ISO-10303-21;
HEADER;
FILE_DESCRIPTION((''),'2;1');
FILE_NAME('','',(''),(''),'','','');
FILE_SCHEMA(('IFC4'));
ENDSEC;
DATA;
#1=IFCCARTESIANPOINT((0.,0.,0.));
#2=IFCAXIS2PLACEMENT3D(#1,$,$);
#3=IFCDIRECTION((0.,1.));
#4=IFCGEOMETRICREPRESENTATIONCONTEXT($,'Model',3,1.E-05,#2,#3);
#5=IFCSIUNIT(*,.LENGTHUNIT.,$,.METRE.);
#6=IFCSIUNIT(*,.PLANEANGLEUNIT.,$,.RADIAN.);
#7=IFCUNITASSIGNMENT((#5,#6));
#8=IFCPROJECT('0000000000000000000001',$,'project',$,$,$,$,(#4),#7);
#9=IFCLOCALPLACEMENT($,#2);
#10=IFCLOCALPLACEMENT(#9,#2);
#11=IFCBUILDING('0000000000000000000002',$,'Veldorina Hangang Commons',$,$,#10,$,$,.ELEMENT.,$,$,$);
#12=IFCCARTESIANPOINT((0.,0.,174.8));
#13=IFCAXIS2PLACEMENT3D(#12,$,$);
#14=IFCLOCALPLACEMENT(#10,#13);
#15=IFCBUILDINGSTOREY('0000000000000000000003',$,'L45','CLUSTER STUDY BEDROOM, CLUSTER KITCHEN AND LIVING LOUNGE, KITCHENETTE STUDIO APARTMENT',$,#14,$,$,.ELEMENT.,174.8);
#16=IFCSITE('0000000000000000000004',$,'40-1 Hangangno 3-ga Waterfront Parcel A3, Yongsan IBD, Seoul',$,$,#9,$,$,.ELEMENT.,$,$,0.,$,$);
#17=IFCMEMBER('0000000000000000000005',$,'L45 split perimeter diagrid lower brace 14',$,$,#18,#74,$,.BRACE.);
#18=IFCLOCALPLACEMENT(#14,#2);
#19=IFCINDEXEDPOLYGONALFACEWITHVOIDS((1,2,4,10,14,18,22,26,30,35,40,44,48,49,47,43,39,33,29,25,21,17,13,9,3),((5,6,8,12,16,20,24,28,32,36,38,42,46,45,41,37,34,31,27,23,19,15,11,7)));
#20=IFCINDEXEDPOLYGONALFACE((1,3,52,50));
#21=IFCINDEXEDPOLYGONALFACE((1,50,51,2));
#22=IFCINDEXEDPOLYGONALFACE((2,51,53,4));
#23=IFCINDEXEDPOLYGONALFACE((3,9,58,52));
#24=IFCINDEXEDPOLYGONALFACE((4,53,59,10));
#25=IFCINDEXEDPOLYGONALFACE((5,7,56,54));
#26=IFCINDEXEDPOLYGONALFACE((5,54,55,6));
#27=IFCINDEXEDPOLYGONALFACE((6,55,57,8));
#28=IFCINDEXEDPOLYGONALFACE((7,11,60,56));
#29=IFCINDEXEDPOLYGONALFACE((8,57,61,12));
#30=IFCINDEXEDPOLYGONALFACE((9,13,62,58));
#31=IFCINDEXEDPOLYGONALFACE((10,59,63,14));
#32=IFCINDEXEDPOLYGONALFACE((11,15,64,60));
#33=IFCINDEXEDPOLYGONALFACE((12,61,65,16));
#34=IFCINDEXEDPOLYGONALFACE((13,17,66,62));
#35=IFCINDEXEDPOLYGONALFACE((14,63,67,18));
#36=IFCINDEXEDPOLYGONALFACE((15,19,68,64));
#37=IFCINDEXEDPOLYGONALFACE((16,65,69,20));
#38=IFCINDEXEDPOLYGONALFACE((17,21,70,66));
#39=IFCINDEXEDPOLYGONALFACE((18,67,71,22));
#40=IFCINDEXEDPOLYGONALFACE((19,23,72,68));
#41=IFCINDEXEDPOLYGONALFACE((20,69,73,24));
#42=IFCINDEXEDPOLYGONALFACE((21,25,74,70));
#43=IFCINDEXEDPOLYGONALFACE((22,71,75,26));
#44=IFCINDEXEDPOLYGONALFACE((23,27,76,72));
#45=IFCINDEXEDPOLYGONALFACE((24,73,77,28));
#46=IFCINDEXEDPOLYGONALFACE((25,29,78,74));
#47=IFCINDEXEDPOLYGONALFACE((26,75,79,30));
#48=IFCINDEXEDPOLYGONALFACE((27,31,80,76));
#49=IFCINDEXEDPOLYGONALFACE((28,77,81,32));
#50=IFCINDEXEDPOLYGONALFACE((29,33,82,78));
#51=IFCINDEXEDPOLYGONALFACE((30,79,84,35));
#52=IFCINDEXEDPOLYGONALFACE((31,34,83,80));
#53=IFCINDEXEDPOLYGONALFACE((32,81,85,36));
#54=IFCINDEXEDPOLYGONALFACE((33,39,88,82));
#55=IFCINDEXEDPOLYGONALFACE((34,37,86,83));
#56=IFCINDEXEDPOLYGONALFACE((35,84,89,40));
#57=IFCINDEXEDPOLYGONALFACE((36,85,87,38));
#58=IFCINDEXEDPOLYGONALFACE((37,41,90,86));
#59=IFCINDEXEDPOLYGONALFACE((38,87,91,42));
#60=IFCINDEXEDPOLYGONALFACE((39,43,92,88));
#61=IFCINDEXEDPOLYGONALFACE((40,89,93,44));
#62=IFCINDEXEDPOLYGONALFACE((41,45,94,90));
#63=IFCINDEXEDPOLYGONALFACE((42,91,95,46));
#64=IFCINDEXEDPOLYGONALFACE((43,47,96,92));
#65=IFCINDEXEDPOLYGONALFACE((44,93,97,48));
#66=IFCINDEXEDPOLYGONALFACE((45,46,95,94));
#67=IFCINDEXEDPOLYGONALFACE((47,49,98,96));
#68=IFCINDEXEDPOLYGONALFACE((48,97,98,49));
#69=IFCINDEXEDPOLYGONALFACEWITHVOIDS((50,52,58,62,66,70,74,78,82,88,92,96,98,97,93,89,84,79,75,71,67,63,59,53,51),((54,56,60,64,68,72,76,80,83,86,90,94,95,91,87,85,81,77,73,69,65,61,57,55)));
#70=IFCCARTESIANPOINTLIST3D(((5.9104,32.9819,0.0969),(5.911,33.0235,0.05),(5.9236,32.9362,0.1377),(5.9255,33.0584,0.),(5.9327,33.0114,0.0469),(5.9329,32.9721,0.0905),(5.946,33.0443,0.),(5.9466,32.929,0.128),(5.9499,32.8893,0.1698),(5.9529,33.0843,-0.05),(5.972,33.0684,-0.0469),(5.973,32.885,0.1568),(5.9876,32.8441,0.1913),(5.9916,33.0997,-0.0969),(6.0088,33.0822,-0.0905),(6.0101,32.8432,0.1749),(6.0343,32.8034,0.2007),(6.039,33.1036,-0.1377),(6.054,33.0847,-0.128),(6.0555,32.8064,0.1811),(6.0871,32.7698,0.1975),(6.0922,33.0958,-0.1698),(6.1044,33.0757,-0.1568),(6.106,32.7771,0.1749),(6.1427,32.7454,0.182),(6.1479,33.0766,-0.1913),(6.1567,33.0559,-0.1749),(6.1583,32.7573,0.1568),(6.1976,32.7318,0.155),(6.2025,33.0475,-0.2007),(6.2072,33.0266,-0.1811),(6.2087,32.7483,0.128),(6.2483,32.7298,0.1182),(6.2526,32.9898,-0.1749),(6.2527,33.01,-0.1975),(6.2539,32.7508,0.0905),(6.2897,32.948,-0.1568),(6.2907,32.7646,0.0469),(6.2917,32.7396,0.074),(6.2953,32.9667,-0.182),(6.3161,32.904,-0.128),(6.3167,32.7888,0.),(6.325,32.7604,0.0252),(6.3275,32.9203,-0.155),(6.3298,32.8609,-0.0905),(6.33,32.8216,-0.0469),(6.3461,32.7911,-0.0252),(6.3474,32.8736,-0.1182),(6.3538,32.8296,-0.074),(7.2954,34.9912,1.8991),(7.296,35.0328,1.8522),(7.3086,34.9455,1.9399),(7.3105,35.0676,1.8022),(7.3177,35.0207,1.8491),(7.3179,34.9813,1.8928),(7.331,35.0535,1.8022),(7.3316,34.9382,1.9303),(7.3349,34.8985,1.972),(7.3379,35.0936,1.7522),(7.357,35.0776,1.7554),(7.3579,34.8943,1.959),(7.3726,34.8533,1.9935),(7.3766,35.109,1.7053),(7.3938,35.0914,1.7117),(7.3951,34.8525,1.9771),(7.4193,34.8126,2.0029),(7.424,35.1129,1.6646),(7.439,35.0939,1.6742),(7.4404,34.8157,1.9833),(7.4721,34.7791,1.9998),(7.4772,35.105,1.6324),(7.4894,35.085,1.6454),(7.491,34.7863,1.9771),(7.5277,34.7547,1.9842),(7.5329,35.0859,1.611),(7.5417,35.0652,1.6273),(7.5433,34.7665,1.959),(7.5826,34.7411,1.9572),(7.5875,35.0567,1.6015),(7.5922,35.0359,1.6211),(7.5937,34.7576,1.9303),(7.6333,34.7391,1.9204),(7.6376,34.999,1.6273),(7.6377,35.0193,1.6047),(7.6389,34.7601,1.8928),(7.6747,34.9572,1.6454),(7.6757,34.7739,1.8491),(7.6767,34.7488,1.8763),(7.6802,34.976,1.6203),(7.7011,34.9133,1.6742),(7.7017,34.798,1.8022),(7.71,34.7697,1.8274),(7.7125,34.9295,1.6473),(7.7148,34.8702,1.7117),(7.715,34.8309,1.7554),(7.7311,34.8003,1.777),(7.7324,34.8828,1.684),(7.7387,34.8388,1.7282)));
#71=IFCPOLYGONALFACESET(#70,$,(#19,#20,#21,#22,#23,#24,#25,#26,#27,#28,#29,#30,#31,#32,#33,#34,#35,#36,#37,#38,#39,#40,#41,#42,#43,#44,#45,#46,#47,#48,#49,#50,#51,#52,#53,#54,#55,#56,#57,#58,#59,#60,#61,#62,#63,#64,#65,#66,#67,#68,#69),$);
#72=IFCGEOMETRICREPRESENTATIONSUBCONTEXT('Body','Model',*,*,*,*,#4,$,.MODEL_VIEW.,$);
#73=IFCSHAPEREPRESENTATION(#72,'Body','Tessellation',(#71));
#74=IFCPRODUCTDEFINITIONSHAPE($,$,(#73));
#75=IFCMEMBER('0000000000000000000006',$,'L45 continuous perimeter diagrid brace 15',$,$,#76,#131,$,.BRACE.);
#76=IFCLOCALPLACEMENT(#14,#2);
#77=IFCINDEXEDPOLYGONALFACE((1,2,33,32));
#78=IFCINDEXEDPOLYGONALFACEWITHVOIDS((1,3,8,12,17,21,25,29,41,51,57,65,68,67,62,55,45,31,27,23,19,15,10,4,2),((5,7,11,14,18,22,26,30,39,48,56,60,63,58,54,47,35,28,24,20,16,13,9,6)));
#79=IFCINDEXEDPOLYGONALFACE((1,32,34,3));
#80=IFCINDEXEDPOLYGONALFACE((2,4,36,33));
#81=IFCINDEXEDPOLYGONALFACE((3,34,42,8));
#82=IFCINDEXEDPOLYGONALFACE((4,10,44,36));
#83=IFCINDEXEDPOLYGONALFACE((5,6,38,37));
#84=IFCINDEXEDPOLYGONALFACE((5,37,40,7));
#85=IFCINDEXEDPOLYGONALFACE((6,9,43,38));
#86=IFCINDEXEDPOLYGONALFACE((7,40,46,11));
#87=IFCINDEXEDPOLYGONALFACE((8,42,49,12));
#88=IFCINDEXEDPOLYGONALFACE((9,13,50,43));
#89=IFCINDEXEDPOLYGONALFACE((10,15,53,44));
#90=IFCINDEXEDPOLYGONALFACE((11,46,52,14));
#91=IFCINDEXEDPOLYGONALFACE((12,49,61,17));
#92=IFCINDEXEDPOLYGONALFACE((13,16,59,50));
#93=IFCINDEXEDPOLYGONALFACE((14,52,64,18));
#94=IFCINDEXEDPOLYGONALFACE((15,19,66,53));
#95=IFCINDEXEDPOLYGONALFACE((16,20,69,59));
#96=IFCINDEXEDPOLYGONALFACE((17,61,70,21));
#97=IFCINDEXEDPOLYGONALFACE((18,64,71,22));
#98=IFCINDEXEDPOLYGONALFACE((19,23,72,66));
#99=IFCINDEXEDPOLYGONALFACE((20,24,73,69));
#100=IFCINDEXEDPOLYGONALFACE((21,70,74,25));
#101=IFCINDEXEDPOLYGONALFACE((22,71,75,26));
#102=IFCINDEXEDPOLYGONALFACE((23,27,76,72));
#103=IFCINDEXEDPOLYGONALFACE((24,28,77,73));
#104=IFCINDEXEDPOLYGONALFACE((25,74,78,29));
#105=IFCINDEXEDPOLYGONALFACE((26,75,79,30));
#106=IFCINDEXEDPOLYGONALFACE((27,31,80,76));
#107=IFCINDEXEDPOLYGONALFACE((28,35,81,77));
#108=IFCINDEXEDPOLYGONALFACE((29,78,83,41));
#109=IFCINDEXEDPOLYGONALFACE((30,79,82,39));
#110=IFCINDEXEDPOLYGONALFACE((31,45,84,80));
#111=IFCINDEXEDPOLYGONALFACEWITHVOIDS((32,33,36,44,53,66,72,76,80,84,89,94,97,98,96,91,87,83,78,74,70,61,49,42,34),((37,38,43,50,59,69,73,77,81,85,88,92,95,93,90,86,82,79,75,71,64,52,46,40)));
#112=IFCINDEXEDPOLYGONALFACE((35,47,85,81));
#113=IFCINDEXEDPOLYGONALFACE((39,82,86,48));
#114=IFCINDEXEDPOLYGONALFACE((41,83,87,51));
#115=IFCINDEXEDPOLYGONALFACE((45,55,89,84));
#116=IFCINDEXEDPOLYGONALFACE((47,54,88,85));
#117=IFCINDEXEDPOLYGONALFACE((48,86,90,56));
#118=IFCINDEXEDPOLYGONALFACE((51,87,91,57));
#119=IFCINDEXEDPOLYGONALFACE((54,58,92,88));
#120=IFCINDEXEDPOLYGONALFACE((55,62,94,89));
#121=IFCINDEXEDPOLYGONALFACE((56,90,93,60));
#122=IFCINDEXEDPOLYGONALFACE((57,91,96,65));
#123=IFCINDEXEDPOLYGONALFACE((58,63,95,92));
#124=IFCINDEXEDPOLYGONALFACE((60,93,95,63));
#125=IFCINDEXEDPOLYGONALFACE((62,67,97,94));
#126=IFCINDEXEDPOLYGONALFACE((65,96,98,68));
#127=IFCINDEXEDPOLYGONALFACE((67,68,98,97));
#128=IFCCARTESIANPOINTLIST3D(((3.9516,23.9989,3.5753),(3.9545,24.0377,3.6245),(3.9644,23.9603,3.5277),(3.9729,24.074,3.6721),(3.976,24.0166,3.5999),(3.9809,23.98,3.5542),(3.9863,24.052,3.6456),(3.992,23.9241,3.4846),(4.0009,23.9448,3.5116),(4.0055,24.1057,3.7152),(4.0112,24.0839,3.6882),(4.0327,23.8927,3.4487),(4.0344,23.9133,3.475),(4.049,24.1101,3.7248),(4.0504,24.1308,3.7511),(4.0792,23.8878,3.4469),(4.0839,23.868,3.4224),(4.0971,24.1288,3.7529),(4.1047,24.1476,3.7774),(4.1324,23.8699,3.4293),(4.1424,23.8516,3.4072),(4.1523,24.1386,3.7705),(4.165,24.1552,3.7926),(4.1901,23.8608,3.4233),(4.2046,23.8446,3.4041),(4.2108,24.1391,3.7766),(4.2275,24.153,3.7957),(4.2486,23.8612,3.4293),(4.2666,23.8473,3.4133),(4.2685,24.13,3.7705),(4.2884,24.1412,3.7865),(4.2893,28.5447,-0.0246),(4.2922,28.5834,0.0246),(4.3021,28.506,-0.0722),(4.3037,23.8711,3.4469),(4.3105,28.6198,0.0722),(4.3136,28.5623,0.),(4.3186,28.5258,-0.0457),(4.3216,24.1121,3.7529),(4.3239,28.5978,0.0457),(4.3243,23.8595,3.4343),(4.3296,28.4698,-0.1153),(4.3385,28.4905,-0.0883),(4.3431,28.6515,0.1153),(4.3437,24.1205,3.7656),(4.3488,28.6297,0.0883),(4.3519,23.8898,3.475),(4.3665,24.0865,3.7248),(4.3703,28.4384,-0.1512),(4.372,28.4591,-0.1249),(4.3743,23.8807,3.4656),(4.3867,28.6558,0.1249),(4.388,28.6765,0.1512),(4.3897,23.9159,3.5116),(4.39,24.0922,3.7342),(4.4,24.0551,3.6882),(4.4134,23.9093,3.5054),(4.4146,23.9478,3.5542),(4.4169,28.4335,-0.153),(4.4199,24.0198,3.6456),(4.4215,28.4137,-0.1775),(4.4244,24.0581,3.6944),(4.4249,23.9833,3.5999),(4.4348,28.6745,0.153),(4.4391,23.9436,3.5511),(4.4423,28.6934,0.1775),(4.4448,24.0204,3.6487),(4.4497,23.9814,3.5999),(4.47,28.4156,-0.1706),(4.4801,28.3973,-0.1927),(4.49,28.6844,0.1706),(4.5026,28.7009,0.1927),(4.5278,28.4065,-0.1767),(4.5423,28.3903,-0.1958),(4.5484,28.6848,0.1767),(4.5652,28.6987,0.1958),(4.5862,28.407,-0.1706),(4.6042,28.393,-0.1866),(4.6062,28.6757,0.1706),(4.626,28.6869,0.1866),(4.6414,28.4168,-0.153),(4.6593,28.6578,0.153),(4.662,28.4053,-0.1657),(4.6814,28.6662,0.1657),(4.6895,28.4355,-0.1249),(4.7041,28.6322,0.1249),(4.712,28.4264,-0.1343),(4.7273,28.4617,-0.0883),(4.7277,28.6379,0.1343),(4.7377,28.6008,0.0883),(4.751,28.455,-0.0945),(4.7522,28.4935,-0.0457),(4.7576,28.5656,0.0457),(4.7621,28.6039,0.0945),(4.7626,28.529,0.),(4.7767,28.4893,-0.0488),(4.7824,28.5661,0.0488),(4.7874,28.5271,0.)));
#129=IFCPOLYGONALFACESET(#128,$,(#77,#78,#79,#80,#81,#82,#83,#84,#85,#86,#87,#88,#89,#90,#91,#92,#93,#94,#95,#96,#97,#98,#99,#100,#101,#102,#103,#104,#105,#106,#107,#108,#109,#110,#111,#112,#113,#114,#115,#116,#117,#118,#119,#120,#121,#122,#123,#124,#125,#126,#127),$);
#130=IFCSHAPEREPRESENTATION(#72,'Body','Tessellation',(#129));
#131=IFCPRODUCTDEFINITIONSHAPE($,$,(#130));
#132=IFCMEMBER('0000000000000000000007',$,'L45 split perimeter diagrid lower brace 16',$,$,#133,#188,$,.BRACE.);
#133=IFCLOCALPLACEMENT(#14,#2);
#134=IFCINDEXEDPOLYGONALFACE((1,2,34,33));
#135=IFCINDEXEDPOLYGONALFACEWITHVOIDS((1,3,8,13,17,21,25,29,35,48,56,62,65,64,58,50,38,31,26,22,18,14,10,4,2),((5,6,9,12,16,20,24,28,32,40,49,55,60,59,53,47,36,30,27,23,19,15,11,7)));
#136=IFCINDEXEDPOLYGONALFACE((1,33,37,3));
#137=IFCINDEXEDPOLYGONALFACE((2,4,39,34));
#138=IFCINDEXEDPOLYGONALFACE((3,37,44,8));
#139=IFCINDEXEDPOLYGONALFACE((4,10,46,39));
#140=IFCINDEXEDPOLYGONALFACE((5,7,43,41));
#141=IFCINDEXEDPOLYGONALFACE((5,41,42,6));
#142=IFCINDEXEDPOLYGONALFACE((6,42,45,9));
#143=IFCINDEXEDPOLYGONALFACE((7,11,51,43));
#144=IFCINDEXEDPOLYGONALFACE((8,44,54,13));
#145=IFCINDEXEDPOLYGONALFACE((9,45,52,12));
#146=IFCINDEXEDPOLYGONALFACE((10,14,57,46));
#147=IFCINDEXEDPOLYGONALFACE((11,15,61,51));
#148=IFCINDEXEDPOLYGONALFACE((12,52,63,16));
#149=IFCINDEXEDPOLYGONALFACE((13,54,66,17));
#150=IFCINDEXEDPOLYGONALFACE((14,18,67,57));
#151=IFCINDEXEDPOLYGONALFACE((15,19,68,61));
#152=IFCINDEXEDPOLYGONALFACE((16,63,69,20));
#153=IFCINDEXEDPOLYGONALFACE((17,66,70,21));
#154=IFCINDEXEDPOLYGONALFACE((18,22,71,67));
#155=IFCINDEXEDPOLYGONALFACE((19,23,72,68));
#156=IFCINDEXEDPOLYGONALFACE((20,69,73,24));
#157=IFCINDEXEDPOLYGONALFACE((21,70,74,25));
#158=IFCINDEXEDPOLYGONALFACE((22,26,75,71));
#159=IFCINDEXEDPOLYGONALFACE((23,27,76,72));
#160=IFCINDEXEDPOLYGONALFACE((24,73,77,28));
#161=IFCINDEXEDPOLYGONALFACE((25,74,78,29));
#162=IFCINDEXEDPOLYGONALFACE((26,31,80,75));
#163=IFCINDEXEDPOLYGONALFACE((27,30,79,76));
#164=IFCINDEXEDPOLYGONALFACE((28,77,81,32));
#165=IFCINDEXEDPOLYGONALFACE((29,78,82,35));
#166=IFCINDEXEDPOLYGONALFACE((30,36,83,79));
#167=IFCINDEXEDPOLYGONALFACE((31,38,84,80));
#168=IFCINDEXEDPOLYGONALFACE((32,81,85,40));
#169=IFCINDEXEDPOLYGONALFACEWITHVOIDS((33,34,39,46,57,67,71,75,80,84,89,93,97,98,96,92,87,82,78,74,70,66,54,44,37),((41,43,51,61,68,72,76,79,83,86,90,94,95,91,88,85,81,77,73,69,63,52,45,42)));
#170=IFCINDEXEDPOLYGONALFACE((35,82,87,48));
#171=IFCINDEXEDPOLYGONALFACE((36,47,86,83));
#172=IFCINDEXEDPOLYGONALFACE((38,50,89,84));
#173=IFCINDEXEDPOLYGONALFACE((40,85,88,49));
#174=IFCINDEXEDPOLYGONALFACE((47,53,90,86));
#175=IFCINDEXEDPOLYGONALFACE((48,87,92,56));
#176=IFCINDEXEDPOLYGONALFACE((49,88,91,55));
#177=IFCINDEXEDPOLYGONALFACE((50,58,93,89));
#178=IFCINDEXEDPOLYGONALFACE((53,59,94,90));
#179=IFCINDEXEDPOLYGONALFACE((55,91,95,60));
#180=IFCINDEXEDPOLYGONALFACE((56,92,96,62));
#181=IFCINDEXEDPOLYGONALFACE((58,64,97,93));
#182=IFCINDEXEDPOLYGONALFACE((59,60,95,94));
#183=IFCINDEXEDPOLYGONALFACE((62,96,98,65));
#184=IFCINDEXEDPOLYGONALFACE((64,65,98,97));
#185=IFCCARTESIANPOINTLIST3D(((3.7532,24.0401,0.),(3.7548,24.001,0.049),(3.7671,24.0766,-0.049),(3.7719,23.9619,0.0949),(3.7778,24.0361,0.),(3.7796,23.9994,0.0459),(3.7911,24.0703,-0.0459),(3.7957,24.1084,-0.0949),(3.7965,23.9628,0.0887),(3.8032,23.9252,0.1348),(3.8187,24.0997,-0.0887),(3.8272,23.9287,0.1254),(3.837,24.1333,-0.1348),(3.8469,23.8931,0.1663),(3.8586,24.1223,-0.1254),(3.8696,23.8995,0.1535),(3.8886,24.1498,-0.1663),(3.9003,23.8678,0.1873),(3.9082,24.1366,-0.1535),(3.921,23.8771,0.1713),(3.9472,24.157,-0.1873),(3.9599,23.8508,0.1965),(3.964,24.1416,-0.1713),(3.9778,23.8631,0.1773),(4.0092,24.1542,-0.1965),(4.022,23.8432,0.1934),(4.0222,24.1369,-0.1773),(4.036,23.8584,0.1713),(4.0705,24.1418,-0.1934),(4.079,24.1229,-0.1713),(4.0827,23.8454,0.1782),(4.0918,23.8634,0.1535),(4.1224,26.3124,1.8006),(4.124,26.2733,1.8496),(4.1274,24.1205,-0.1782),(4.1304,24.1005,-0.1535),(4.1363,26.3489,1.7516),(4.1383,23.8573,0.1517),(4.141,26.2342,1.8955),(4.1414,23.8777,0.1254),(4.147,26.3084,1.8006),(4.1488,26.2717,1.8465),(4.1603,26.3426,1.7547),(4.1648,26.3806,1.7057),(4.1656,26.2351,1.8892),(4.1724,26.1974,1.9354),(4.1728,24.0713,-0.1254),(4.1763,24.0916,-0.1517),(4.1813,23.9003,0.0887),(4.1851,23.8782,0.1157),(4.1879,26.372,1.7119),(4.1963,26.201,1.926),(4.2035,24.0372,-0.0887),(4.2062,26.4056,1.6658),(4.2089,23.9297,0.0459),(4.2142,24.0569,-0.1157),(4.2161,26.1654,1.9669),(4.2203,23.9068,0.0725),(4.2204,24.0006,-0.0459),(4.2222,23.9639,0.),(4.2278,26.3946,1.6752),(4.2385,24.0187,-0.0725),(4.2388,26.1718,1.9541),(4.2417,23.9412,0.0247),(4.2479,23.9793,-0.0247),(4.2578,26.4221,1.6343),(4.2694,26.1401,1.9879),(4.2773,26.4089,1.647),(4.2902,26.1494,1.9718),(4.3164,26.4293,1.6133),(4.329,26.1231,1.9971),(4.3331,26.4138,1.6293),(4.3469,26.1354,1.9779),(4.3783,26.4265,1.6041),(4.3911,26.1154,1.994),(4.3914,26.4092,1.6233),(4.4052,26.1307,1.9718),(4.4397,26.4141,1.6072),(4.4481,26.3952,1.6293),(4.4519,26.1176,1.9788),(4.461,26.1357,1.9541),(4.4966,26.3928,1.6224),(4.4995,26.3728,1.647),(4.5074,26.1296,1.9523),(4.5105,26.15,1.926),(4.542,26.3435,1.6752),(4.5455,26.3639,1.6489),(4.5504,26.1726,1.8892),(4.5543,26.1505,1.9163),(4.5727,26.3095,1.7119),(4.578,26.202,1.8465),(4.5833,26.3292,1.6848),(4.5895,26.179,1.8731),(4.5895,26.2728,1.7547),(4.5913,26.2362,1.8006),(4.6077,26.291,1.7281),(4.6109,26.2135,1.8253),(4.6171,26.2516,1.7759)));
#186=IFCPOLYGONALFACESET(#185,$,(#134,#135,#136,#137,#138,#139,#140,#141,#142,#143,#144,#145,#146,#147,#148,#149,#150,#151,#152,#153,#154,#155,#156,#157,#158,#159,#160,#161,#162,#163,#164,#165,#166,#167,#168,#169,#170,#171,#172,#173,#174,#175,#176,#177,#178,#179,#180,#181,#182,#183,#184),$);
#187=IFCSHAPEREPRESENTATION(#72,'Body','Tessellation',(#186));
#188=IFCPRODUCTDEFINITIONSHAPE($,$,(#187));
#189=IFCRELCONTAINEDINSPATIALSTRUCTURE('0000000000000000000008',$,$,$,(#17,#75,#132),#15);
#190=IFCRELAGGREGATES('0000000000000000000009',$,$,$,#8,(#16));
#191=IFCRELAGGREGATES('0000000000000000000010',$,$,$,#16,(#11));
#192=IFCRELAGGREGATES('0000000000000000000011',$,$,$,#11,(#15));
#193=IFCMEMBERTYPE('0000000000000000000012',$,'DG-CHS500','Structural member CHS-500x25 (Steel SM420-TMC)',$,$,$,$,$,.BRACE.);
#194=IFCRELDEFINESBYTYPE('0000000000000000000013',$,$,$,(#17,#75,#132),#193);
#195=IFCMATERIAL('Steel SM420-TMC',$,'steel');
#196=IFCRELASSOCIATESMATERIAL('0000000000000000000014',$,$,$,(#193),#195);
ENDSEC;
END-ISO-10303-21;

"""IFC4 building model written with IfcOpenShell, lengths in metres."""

from ifc_helpers import new_model, si_unit, direction, frame, origin, origin_2d, place, context, subcontext, project, spatial, hollow_circle, extrude, material, material_profile, profile_set, type_object, element, save


model = new_model("IFC4")

# Units and contexts
model_context = context("Model", 3, precision=1e-05, world=origin(), true_north=direction((0.0, 1.0)))
body_context = subcontext(model_context, "Body", "Model", "MODEL_VIEW")
ifc_project = project(units=[si_unit("LENGTHUNIT", "METRE"), si_unit("PLANEANGLEUNIT", "RADIAN")], contexts=[model_context])

# Site, building, storey
site_placement = place(None, origin())
site = spatial("IfcSite", under=ifc_project, at=site_placement, Name="40-1 Hangangno 3-ga Waterfront Parcel A3, Yongsan IBD, Seoul", CompositionType="ELEMENT", RefElevation=0.0)
building_placement = place(site_placement, origin())
building = spatial("IfcBuilding", under=site, at=building_placement, Name="Veldorina Hangang Commons", CompositionType="ELEMENT")
storey_placement = place(building_placement, frame((0.0, 0.0, 174.8)))
storey = spatial("IfcBuildingStorey", under=building, at=storey_placement, Name="L45", Description="CLUSTER STUDY BEDROOM, CLUSTER KITCHEN AND LIVING LOUNGE, KITCHENETTE STUDIO APARTMENT", CompositionType="ELEMENT", Elevation=174.8)

# Shared definitions
ifc_material_1 = material(Name="Steel SM420-TMC", Category="steel")

# Members
ifc_material_profile_1 = material_profile(ifc_material_1, hollow_circle(Radius=0.25, WallThickness=0.0249, at=origin_2d()), Name="CHS-500x25")
ifc_profile_set_1 = profile_set([ifc_material_profile_1], Name="Steel SM420-TMC")
member_type = type_object("IfcMemberType", Name="DG-CHS500", Description="Structural member CHS-500x25 (Steel SM420-TMC)", PredefinedType="BRACE", material=ifc_profile_set_1)
member_1_placement = place(storey_placement, frame((6.1313, 32.9165, 0.0), z_axis=(0.456536, 0.662312, 0.594069), x_axis=(-0.823347, 0.567539, 0.0)))
element("IfcMember", 1, at=member_1_placement, inside=storey, type_object=member_type, Name="L45 split perimeter diagrid lower brace 14", PredefinedType="BRACE", context=body_context, shape_type="SweptSolid", body=[
    extrude(hollow_circle(Radius=0.25, WallThickness=0.0249, at=origin_2d()), origin(), (0.0, 0.0, 1.0), 3.0337),
])
member_2_placement = place(storey_placement, frame((4.5381, 28.5457, 0.0), z_axis=(-0.058132, -0.782618, 0.619781), x_axis=(0.997253, -0.074075, 0.0)))
element("IfcMember", 2, at=member_2_placement, inside=storey, type_object=member_type, Name="L45 continuous perimeter diagrid brace 15", PredefinedType="BRACE", context=body_context, shape_type="SweptSolid", body=[
    extrude(hollow_circle(Radius=0.25, WallThickness=0.0249, at=origin_2d()), origin(), (0.0, 0.0, 1.0), 5.8083),
])
member_3_placement = place(storey_placement, frame((4.0, 24.0, 0.0), z_axis=(0.126309, 0.777483, 0.616089), x_axis=(-0.987059, 0.160356, 0.0)))
element("IfcMember", 3, at=member_3_placement, inside=storey, type_object=member_type, Name="L45 split perimeter diagrid lower brace 16", PredefinedType="BRACE", context=body_context, shape_type="SweptSolid", body=[
    extrude(hollow_circle(Radius=0.25, WallThickness=0.0249, at=origin_2d()), origin(), (0.0, 0.0, 1.0), 2.9226),
])

save(model, "model.ifc")
